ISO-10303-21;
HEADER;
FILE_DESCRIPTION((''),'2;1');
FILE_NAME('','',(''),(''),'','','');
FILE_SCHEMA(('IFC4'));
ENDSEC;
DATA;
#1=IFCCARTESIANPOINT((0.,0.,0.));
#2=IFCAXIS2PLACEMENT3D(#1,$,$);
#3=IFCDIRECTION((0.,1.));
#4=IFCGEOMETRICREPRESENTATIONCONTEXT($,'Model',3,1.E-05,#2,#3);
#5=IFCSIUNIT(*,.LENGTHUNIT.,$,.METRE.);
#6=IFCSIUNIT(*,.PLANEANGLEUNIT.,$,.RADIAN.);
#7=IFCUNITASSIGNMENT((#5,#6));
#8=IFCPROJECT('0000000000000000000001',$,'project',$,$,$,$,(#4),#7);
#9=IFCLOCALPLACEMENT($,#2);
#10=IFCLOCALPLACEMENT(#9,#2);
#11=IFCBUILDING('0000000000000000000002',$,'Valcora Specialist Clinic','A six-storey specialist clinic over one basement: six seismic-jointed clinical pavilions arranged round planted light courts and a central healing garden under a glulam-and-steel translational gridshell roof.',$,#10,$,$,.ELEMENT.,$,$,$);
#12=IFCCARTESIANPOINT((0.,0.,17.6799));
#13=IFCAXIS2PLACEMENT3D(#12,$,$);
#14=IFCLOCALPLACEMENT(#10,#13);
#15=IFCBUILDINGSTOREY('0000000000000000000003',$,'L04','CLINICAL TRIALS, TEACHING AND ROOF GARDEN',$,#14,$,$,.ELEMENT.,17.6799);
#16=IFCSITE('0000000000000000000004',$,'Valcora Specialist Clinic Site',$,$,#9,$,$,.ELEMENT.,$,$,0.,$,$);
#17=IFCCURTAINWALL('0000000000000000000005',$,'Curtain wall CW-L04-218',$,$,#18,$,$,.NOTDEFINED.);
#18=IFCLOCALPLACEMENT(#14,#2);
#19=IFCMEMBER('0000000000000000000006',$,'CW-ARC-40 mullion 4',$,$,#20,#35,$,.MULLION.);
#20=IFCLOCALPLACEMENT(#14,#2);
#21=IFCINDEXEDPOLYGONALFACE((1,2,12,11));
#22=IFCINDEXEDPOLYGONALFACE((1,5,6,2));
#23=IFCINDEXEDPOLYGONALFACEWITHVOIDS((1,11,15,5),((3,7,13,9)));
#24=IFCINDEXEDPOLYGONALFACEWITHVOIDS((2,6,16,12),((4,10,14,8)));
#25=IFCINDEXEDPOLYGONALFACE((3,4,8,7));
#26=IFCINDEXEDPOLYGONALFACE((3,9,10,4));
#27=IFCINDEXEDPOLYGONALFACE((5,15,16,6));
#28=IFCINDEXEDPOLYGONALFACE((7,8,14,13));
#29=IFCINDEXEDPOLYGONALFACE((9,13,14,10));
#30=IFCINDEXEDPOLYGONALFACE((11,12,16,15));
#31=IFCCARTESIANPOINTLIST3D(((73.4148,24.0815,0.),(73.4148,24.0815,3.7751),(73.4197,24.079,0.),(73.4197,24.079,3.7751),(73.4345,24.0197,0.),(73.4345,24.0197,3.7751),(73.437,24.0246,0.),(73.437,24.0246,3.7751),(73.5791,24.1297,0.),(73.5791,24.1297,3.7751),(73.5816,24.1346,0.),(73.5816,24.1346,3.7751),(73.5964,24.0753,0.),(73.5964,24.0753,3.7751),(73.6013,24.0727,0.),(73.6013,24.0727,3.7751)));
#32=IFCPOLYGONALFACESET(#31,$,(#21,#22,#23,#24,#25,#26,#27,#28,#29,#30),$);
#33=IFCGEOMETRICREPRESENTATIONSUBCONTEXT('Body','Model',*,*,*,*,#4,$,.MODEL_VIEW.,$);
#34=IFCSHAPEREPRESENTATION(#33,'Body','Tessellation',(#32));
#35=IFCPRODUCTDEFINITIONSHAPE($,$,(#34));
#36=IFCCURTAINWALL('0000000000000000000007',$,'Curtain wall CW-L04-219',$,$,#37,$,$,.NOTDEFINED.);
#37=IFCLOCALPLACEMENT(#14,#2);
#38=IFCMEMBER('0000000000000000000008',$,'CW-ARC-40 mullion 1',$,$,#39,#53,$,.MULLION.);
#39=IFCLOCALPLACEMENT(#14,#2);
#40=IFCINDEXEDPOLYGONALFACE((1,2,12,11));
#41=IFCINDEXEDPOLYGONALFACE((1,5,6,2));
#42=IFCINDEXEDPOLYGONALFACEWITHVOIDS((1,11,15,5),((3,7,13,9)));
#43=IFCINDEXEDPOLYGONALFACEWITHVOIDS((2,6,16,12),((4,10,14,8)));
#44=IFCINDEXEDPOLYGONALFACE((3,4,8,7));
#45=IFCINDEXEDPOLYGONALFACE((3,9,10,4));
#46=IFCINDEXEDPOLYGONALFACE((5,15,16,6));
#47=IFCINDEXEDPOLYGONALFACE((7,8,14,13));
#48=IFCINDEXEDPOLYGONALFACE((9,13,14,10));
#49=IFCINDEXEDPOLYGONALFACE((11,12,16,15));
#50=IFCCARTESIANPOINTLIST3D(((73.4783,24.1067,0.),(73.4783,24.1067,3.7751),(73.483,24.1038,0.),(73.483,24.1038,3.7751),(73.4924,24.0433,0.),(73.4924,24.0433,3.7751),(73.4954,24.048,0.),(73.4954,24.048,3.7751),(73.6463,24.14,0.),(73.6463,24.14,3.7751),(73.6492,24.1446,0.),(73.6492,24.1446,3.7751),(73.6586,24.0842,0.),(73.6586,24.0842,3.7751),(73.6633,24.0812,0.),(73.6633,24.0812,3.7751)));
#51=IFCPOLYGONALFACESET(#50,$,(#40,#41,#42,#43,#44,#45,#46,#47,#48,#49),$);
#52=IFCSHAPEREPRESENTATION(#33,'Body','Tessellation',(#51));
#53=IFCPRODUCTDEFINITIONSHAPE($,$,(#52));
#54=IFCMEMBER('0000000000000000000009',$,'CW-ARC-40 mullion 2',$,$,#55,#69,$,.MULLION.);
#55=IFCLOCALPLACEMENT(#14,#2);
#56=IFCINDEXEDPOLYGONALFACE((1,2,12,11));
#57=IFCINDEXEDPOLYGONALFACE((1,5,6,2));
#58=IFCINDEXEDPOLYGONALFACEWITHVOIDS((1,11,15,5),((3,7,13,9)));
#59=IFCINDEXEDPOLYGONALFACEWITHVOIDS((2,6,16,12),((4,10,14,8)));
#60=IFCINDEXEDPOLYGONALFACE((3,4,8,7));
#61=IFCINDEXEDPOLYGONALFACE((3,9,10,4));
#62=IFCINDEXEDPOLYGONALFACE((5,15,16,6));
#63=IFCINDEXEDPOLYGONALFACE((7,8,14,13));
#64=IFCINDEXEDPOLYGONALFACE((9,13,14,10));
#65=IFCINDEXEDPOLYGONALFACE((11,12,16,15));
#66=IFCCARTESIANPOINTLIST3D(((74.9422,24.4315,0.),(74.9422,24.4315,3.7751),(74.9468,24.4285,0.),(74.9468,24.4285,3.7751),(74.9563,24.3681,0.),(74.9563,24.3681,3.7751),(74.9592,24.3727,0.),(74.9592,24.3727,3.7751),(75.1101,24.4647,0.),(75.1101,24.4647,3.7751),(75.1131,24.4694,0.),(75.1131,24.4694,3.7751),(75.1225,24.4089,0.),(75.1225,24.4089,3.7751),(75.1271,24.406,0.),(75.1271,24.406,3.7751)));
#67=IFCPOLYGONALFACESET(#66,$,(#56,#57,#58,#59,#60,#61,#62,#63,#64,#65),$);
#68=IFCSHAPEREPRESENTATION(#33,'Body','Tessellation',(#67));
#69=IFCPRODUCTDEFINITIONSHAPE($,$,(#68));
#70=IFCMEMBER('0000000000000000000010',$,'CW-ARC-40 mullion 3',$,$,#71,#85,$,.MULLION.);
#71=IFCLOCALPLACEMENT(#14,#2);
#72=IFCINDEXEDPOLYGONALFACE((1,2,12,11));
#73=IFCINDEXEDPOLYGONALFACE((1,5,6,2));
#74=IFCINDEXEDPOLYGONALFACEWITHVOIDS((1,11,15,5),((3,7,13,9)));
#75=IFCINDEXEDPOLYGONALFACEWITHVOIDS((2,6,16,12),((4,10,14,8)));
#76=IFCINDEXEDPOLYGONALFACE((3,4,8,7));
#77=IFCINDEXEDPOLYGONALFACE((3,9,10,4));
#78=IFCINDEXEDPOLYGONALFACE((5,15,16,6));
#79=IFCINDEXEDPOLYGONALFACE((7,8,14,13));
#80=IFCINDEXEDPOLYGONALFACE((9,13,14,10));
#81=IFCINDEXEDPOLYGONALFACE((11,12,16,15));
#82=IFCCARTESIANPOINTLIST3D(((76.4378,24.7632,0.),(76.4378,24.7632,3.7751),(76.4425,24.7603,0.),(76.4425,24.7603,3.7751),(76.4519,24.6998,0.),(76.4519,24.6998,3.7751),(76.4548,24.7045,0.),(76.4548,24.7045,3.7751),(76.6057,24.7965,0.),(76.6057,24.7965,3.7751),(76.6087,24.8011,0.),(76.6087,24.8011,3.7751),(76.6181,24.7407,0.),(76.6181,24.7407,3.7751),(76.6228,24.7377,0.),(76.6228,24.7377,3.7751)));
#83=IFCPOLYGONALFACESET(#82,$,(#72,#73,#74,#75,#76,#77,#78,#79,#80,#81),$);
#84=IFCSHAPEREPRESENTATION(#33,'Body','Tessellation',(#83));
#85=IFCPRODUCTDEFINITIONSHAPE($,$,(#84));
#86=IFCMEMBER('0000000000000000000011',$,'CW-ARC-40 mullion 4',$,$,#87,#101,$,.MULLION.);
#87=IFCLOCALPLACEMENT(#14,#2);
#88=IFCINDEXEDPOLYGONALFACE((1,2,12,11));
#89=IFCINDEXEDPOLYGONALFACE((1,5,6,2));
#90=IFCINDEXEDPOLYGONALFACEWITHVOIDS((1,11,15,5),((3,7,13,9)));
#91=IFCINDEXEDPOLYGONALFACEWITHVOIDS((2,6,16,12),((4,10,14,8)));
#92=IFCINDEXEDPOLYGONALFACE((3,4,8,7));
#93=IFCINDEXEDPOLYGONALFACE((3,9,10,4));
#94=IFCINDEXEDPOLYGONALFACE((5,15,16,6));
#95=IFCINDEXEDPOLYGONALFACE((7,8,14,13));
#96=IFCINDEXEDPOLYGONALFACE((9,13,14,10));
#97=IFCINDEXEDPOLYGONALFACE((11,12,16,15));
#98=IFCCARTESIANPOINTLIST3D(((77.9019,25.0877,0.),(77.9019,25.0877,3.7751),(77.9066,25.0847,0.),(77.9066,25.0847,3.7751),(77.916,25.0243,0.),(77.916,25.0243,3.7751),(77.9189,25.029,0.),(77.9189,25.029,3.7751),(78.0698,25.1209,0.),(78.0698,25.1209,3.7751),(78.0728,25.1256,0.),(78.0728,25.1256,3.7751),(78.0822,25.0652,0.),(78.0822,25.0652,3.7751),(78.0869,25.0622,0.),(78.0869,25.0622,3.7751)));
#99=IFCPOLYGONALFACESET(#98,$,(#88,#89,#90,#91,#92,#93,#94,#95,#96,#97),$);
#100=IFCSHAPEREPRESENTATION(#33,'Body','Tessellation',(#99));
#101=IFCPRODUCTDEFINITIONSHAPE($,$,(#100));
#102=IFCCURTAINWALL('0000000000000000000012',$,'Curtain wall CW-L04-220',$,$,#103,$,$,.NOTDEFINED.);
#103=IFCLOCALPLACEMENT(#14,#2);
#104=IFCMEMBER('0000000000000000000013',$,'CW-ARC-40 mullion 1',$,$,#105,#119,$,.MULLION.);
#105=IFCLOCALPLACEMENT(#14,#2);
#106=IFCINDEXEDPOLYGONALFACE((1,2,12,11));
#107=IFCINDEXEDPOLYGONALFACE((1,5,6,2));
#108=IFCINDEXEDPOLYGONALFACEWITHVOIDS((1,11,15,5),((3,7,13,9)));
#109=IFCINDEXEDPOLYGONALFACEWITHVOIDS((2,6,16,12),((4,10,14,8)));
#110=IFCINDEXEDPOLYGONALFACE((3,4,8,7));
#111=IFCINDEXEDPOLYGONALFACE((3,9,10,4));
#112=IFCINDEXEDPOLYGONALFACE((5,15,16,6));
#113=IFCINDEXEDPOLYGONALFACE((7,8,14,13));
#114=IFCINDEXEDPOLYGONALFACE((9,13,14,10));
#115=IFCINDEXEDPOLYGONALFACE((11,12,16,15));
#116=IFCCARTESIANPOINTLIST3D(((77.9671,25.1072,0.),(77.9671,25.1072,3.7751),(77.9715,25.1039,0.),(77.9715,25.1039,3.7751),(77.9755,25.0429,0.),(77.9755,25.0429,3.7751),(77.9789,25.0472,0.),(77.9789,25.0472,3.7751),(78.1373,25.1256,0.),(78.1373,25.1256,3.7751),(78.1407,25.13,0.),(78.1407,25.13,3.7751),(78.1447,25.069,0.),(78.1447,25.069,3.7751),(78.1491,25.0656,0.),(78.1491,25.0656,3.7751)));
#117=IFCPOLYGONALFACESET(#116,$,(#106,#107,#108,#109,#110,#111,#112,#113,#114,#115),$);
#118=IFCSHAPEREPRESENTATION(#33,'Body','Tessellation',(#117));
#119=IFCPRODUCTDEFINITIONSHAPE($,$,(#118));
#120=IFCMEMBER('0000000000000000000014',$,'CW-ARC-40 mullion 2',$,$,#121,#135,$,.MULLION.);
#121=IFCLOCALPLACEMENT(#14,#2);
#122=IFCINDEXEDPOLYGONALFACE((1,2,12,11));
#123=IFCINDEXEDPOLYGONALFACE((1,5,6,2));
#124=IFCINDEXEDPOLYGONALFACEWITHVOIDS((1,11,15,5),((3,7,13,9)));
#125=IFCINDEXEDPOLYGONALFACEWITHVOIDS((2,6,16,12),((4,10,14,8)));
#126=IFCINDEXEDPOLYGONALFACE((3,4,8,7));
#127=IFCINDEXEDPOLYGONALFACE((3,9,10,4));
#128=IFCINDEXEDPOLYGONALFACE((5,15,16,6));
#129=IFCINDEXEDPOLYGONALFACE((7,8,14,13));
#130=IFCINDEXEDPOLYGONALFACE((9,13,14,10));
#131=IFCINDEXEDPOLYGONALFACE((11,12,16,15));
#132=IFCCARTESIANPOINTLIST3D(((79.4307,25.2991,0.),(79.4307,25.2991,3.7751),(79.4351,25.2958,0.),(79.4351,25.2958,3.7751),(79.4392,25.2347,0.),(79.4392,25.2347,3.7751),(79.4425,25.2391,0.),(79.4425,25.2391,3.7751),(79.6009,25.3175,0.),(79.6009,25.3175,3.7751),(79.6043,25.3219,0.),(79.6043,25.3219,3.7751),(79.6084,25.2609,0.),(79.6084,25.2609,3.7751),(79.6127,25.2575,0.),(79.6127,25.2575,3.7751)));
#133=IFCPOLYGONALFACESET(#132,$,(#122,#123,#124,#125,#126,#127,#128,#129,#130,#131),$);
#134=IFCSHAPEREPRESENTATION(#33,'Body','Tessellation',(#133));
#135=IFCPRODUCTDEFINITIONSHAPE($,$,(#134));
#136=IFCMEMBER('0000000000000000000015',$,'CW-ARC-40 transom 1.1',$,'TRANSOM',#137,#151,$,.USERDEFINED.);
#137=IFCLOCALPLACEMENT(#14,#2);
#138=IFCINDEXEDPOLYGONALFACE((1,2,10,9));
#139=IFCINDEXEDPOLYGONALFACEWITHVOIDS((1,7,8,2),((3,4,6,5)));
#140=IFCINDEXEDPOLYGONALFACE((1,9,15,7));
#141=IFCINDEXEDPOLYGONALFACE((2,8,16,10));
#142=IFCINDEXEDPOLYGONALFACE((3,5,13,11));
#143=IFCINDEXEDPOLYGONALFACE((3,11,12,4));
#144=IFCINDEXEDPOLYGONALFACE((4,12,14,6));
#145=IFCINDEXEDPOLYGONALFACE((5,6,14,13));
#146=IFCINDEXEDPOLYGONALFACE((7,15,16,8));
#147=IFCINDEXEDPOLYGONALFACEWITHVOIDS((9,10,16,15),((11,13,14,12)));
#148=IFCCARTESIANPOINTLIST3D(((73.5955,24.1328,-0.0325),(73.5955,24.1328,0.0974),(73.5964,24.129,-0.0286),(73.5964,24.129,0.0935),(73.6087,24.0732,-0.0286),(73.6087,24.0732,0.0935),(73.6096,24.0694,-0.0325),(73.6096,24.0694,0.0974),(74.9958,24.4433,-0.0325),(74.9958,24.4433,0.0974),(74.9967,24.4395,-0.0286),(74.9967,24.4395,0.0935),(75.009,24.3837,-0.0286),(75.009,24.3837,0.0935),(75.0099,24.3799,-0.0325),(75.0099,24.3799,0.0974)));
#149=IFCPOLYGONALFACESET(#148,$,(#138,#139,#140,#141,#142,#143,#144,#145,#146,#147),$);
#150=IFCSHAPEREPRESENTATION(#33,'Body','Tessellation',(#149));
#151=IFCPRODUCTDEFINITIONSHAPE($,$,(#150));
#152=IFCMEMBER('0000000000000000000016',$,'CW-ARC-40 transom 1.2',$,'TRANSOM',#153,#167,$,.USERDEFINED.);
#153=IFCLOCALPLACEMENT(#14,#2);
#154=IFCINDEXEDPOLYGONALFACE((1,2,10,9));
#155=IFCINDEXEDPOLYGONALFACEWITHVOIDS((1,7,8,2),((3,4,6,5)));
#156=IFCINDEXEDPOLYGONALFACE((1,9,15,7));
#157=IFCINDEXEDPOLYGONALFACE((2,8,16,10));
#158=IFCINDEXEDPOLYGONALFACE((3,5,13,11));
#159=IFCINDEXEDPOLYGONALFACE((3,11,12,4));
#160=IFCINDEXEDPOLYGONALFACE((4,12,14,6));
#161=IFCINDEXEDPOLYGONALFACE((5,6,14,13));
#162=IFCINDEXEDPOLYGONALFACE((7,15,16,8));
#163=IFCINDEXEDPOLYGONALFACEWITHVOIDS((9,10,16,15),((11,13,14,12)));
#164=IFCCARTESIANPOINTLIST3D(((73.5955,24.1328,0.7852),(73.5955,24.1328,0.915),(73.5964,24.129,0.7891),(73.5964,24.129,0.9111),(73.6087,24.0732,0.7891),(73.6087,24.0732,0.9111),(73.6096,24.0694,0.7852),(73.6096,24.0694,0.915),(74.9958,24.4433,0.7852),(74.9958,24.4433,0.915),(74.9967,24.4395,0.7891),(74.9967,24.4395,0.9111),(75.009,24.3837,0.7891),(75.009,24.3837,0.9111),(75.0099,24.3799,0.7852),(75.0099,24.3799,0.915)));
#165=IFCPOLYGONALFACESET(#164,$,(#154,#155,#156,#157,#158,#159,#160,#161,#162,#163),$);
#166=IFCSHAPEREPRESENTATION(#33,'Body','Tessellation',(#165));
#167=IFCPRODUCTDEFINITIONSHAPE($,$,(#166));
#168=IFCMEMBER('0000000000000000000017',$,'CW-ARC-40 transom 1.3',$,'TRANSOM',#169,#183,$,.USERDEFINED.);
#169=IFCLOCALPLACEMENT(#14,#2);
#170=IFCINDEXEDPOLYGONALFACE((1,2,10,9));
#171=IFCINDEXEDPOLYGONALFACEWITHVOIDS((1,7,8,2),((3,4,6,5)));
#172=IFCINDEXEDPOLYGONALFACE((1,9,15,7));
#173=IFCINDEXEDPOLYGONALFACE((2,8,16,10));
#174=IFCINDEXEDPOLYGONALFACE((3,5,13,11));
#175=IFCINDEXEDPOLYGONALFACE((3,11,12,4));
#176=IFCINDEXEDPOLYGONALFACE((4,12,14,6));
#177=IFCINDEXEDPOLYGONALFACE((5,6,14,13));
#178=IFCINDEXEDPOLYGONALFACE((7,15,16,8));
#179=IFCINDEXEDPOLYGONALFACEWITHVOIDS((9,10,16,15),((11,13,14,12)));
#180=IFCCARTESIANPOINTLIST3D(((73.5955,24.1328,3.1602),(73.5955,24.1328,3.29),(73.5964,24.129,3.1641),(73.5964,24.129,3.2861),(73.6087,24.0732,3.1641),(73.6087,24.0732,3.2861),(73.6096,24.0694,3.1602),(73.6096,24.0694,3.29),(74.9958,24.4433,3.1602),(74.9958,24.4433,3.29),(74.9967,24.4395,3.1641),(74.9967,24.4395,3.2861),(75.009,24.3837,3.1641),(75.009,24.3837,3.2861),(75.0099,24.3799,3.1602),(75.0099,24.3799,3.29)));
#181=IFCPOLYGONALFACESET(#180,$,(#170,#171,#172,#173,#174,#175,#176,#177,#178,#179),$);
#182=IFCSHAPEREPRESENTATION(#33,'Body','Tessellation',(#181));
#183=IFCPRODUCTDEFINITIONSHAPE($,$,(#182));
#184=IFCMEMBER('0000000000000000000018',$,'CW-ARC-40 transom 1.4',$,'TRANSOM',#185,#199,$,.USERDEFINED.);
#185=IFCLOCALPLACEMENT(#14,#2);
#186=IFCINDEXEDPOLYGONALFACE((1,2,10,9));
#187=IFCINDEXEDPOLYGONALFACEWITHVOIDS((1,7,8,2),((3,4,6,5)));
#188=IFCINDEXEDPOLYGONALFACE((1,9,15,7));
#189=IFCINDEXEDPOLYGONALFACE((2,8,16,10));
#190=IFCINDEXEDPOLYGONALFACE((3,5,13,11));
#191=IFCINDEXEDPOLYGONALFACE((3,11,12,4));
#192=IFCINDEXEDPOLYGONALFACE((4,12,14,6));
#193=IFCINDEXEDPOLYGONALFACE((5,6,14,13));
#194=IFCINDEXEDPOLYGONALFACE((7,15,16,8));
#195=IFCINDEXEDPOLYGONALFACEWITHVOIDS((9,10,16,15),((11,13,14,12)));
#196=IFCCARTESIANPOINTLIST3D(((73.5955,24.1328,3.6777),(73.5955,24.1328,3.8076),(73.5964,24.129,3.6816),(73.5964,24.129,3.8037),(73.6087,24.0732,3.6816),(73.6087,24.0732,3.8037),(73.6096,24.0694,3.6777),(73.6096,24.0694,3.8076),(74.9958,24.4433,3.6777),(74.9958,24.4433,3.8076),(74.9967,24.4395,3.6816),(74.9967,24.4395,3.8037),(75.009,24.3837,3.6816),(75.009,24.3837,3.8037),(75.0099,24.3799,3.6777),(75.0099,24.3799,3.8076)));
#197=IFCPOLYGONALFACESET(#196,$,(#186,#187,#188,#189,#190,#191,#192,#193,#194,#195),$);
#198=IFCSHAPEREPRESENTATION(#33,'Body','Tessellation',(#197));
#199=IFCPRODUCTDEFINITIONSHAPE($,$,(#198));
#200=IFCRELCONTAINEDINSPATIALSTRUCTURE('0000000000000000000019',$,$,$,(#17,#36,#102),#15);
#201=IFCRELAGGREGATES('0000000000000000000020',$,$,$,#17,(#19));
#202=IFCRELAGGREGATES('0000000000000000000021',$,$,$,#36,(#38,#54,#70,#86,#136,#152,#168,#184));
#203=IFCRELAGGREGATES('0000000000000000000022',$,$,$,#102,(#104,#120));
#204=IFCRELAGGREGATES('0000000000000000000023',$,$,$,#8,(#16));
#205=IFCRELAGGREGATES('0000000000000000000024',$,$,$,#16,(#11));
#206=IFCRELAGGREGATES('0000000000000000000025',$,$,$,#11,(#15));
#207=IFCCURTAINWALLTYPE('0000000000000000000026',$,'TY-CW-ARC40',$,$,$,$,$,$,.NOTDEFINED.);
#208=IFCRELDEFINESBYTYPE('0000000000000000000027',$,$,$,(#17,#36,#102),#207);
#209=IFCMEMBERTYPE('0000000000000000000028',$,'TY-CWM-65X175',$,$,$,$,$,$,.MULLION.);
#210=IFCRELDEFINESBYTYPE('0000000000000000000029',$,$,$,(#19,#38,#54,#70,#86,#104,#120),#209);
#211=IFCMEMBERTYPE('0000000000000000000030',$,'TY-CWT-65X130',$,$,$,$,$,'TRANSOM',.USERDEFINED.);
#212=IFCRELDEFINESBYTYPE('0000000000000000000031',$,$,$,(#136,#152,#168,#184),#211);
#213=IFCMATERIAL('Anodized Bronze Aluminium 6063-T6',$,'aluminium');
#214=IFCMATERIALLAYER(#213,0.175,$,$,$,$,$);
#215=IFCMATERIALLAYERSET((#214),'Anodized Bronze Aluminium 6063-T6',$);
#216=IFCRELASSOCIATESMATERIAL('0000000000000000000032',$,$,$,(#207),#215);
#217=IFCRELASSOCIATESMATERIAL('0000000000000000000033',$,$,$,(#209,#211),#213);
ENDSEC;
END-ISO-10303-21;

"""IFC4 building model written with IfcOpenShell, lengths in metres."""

from ifc_helpers import new_model, si_unit, direction, frame, origin, origin_2d, place, context, subcontext, project, spatial, hollow_rectangle, extrude, material, layer, layer_set, material_profile, profile_set, type_object, element, aggregate, save


model = new_model("IFC4")

# Units and contexts
model_context = context("Model", 3, precision=1e-05, world=origin(), true_north=direction((0.0, 1.0)))
body_context = subcontext(model_context, "Body", "Model", "MODEL_VIEW")
ifc_project = project(units=[si_unit("LENGTHUNIT", "METRE"), si_unit("PLANEANGLEUNIT", "RADIAN")], contexts=[model_context])

# Site, building, storey
site_placement = place(None, origin())
site = spatial("IfcSite", under=ifc_project, at=site_placement, Name="Valcora Specialist Clinic Site", CompositionType="ELEMENT", RefElevation=0.0)
building_placement = place(site_placement, origin())
building = spatial("IfcBuilding", under=site, at=building_placement, Name="Valcora Specialist Clinic", Description="A six-storey specialist clinic over one basement: six seismic-jointed clinical pavilions arranged round planted light courts and a central healing garden under a glulam-and-steel translational gridshell roof.", CompositionType="ELEMENT")
storey_placement = place(building_placement, frame((0.0, 0.0, 17.6799)))
storey = spatial("IfcBuildingStorey", under=building, at=storey_placement, Name="L04", Description="CLINICAL TRIALS, TEACHING AND ROOF GARDEN", CompositionType="ELEMENT", Elevation=17.6799)

# Curtain wall, member
ifc_material_1 = material(Name="Anodized Bronze Aluminium 6063-T6", Category="aluminium")
ifc_layer_1 = layer(ifc_material_1, 0.175)
ifc_layer_set_1 = layer_set([ifc_layer_1], Name="Anodized Bronze Aluminium 6063-T6")
curtain_wall_type = type_object("IfcCurtainWallType", Name="TY-CW-ARC40", PredefinedType="NOTDEFINED", material=ifc_layer_set_1)
curtain_wall_1_placement = place(storey_placement, origin())
curtain_wall_1 = element("IfcCurtainWall", 1, at=curtain_wall_1_placement, inside=storey, type_object=curtain_wall_type, Name="Curtain wall CW-L04-218", PredefinedType="NOTDEFINED")
ifc_material_profile_1 = material_profile(ifc_material_1, hollow_rectangle(XDim=0.0649, YDim=0.175, WallThickness=0.0039, at=origin_2d()), Name="AL-MUL-65X175")
ifc_profile_set_1 = profile_set([ifc_material_profile_1], Name="Anodized Bronze Aluminium 6063-T6")
member_type_1 = type_object("IfcMemberType", Name="TY-CWM-65X175", PredefinedType="MULLION", material=ifc_profile_set_1)
member_1_placement = place(storey_placement, frame((73.5081, 24.0771, 0.0), z_axis=(0.0, 0.0, 1.0), x_axis=(-0.303233, 0.952916, 0.0)))
member_1 = element("IfcMember", 2, at=member_1_placement, type_object=member_type_1, Name="CW-ARC-40 mullion 4", PredefinedType="MULLION", context=body_context, shape_type="SweptSolid", body=[
    extrude(hollow_rectangle(XDim=0.0649, YDim=0.175, WallThickness=0.0039, at=origin_2d()), origin(), (0.0, 0.0, 1.0), 3.7751),
])
aggregate(curtain_wall_1, [member_1])

# Curtain walls, members
curtain_wall_2_placement = place(storey_placement, origin())
curtain_wall_2 = element("IfcCurtainWall", 3, at=curtain_wall_2_placement, inside=storey, type_object=curtain_wall_type, Name="Curtain wall CW-L04-219", PredefinedType="NOTDEFINED")
member_2_placement = place(storey_placement, frame((73.5708, 24.094, 0.0), z_axis=(0.0, 0.0, 1.0), x_axis=(-0.216518, 0.976279, 0.0)))
member_2 = element("IfcMember", 4, at=member_2_placement, type_object=member_type_1, Name="CW-ARC-40 mullion 1", PredefinedType="MULLION", context=body_context, shape_type="SweptSolid", body=[
    extrude(hollow_rectangle(XDim=0.0649, YDim=0.175, WallThickness=0.0039, at=origin_2d()), origin(), (0.0, 0.0, 1.0), 3.7751),
])
member_3_placement = place(storey_placement, frame((75.0347, 24.4187, 0.0), z_axis=(0.0, 0.0, 1.0), x_axis=(-0.216518, 0.976279, 0.0)))
member_3 = element("IfcMember", 5, at=member_3_placement, type_object=member_type_1, Name="CW-ARC-40 mullion 2", PredefinedType="MULLION", context=body_context, shape_type="SweptSolid", body=[
    extrude(hollow_rectangle(XDim=0.0649, YDim=0.175, WallThickness=0.0039, at=origin_2d()), origin(), (0.0, 0.0, 1.0), 3.7751),
])
member_4_placement = place(storey_placement, frame((76.5303, 24.7505, 0.0), z_axis=(0.0, 0.0, 1.0), x_axis=(-0.216518, 0.976279, 0.0)))
member_4 = element("IfcMember", 6, at=member_4_placement, type_object=member_type_1, Name="CW-ARC-40 mullion 3", PredefinedType="MULLION", context=body_context, shape_type="SweptSolid", body=[
    extrude(hollow_rectangle(XDim=0.0649, YDim=0.175, WallThickness=0.0039, at=origin_2d()), origin(), (0.0, 0.0, 1.0), 3.7751),
])
member_5_placement = place(storey_placement, frame((77.9944, 25.075, 0.0), z_axis=(0.0, 0.0, 1.0), x_axis=(-0.216518, 0.976279, 0.0)))
member_5 = element("IfcMember", 7, at=member_5_placement, type_object=member_type_1, Name="CW-ARC-40 mullion 4", PredefinedType="MULLION", context=body_context, shape_type="SweptSolid", body=[
    extrude(hollow_rectangle(XDim=0.0649, YDim=0.175, WallThickness=0.0039, at=origin_2d()), origin(), (0.0, 0.0, 1.0), 3.7751),
])
curtain_wall_3_placement = place(storey_placement, origin())
curtain_wall_3 = element("IfcCurtainWall", 8, at=curtain_wall_3_placement, inside=storey, type_object=curtain_wall_type, Name="Curtain wall CW-L04-220", PredefinedType="NOTDEFINED")
member_6_placement = place(storey_placement, frame((78.0581, 25.0864, 0.0), z_axis=(0.0, 0.0, 1.0), x_axis=(-0.129999, 0.991514, 0.0)))
member_6 = element("IfcMember", 9, at=member_6_placement, type_object=member_type_1, Name="CW-ARC-40 mullion 1", PredefinedType="MULLION", context=body_context, shape_type="SweptSolid", body=[
    extrude(hollow_rectangle(XDim=0.0649, YDim=0.175, WallThickness=0.0039, at=origin_2d()), origin(), (0.0, 0.0, 1.0), 3.7751),
])
member_7_placement = place(storey_placement, frame((79.5217, 25.2783, 0.0), z_axis=(0.0, 0.0, 1.0), x_axis=(-0.129999, 0.991514, 0.0)))
member_7 = element("IfcMember", 10, at=member_7_placement, type_object=member_type_1, Name="CW-ARC-40 mullion 2", PredefinedType="MULLION", context=body_context, shape_type="SweptSolid", body=[
    extrude(hollow_rectangle(XDim=0.0649, YDim=0.175, WallThickness=0.0039, at=origin_2d()), origin(), (0.0, 0.0, 1.0), 3.7751),
])

# Members
ifc_material_profile_2 = material_profile(ifc_material_1, hollow_rectangle(XDim=0.0649, YDim=0.1299, WallThickness=0.0039, at=origin_2d()), Name="AL-TRN-65X130")
ifc_profile_set_2 = profile_set([ifc_material_profile_2], Name="Anodized Bronze Aluminium 6063-T6")
member_type_2 = type_object("IfcMemberType", Name="TY-CWT-65X130", ElementType="TRANSOM", PredefinedType="USERDEFINED", material=ifc_profile_set_2)
member_8_placement = place(storey_placement, frame((73.6025, 24.1011, 0.0325), z_axis=(0.976283, 0.216498, 0.0), x_axis=(-0.216498, 0.976283, 0.0)))
member_8 = element("IfcMember", 11, at=member_8_placement, type_object=member_type_2, Name="CW-ARC-40 transom 1.1", ObjectType="TRANSOM", PredefinedType="USERDEFINED", context=body_context, shape_type="SweptSolid", body=[
    extrude(hollow_rectangle(XDim=0.0649, YDim=0.1299, WallThickness=0.0039, at=origin_2d()), origin(), (0.0, 0.0, 1.0), 1.4343),
])
member_9_placement = place(storey_placement, frame((73.6025, 24.1011, 0.8501), z_axis=(0.976283, 0.216498, 0.0), x_axis=(-0.216498, 0.976283, 0.0)))
member_9 = element("IfcMember", 12, at=member_9_placement, type_object=member_type_2, Name="CW-ARC-40 transom 1.2", ObjectType="TRANSOM", PredefinedType="USERDEFINED", context=body_context, shape_type="SweptSolid", body=[
    extrude(hollow_rectangle(XDim=0.0649, YDim=0.1299, WallThickness=0.0039, at=origin_2d()), origin(), (0.0, 0.0, 1.0), 1.4343),
])
member_10_placement = place(storey_placement, frame((73.6025, 24.1011, 3.2251), z_axis=(0.976283, 0.216498, 0.0), x_axis=(-0.216498, 0.976283, 0.0)))
member_10 = element("IfcMember", 13, at=member_10_placement, type_object=member_type_2, Name="CW-ARC-40 transom 1.3", ObjectType="TRANSOM", PredefinedType="USERDEFINED", context=body_context, shape_type="SweptSolid", body=[
    extrude(hollow_rectangle(XDim=0.0649, YDim=0.1299, WallThickness=0.0039, at=origin_2d()), origin(), (0.0, 0.0, 1.0), 1.4343),
])
member_11_placement = place(storey_placement, frame((73.6025, 24.1011, 3.7427), z_axis=(0.976283, 0.216498, 0.0), x_axis=(-0.216498, 0.976283, 0.0)))
member_11 = element("IfcMember", 14, at=member_11_placement, type_object=member_type_2, Name="CW-ARC-40 transom 1.4", ObjectType="TRANSOM", PredefinedType="USERDEFINED", context=body_context, shape_type="SweptSolid", body=[
    extrude(hollow_rectangle(XDim=0.0649, YDim=0.1299, WallThickness=0.0039, at=origin_2d()), origin(), (0.0, 0.0, 1.0), 1.4343),
])

aggregate(curtain_wall_2, [member_2, member_3, member_4, member_5, member_8, member_9, member_10, member_11])
aggregate(curtain_wall_3, [member_6, member_7])

save(model, "model.ifc")
